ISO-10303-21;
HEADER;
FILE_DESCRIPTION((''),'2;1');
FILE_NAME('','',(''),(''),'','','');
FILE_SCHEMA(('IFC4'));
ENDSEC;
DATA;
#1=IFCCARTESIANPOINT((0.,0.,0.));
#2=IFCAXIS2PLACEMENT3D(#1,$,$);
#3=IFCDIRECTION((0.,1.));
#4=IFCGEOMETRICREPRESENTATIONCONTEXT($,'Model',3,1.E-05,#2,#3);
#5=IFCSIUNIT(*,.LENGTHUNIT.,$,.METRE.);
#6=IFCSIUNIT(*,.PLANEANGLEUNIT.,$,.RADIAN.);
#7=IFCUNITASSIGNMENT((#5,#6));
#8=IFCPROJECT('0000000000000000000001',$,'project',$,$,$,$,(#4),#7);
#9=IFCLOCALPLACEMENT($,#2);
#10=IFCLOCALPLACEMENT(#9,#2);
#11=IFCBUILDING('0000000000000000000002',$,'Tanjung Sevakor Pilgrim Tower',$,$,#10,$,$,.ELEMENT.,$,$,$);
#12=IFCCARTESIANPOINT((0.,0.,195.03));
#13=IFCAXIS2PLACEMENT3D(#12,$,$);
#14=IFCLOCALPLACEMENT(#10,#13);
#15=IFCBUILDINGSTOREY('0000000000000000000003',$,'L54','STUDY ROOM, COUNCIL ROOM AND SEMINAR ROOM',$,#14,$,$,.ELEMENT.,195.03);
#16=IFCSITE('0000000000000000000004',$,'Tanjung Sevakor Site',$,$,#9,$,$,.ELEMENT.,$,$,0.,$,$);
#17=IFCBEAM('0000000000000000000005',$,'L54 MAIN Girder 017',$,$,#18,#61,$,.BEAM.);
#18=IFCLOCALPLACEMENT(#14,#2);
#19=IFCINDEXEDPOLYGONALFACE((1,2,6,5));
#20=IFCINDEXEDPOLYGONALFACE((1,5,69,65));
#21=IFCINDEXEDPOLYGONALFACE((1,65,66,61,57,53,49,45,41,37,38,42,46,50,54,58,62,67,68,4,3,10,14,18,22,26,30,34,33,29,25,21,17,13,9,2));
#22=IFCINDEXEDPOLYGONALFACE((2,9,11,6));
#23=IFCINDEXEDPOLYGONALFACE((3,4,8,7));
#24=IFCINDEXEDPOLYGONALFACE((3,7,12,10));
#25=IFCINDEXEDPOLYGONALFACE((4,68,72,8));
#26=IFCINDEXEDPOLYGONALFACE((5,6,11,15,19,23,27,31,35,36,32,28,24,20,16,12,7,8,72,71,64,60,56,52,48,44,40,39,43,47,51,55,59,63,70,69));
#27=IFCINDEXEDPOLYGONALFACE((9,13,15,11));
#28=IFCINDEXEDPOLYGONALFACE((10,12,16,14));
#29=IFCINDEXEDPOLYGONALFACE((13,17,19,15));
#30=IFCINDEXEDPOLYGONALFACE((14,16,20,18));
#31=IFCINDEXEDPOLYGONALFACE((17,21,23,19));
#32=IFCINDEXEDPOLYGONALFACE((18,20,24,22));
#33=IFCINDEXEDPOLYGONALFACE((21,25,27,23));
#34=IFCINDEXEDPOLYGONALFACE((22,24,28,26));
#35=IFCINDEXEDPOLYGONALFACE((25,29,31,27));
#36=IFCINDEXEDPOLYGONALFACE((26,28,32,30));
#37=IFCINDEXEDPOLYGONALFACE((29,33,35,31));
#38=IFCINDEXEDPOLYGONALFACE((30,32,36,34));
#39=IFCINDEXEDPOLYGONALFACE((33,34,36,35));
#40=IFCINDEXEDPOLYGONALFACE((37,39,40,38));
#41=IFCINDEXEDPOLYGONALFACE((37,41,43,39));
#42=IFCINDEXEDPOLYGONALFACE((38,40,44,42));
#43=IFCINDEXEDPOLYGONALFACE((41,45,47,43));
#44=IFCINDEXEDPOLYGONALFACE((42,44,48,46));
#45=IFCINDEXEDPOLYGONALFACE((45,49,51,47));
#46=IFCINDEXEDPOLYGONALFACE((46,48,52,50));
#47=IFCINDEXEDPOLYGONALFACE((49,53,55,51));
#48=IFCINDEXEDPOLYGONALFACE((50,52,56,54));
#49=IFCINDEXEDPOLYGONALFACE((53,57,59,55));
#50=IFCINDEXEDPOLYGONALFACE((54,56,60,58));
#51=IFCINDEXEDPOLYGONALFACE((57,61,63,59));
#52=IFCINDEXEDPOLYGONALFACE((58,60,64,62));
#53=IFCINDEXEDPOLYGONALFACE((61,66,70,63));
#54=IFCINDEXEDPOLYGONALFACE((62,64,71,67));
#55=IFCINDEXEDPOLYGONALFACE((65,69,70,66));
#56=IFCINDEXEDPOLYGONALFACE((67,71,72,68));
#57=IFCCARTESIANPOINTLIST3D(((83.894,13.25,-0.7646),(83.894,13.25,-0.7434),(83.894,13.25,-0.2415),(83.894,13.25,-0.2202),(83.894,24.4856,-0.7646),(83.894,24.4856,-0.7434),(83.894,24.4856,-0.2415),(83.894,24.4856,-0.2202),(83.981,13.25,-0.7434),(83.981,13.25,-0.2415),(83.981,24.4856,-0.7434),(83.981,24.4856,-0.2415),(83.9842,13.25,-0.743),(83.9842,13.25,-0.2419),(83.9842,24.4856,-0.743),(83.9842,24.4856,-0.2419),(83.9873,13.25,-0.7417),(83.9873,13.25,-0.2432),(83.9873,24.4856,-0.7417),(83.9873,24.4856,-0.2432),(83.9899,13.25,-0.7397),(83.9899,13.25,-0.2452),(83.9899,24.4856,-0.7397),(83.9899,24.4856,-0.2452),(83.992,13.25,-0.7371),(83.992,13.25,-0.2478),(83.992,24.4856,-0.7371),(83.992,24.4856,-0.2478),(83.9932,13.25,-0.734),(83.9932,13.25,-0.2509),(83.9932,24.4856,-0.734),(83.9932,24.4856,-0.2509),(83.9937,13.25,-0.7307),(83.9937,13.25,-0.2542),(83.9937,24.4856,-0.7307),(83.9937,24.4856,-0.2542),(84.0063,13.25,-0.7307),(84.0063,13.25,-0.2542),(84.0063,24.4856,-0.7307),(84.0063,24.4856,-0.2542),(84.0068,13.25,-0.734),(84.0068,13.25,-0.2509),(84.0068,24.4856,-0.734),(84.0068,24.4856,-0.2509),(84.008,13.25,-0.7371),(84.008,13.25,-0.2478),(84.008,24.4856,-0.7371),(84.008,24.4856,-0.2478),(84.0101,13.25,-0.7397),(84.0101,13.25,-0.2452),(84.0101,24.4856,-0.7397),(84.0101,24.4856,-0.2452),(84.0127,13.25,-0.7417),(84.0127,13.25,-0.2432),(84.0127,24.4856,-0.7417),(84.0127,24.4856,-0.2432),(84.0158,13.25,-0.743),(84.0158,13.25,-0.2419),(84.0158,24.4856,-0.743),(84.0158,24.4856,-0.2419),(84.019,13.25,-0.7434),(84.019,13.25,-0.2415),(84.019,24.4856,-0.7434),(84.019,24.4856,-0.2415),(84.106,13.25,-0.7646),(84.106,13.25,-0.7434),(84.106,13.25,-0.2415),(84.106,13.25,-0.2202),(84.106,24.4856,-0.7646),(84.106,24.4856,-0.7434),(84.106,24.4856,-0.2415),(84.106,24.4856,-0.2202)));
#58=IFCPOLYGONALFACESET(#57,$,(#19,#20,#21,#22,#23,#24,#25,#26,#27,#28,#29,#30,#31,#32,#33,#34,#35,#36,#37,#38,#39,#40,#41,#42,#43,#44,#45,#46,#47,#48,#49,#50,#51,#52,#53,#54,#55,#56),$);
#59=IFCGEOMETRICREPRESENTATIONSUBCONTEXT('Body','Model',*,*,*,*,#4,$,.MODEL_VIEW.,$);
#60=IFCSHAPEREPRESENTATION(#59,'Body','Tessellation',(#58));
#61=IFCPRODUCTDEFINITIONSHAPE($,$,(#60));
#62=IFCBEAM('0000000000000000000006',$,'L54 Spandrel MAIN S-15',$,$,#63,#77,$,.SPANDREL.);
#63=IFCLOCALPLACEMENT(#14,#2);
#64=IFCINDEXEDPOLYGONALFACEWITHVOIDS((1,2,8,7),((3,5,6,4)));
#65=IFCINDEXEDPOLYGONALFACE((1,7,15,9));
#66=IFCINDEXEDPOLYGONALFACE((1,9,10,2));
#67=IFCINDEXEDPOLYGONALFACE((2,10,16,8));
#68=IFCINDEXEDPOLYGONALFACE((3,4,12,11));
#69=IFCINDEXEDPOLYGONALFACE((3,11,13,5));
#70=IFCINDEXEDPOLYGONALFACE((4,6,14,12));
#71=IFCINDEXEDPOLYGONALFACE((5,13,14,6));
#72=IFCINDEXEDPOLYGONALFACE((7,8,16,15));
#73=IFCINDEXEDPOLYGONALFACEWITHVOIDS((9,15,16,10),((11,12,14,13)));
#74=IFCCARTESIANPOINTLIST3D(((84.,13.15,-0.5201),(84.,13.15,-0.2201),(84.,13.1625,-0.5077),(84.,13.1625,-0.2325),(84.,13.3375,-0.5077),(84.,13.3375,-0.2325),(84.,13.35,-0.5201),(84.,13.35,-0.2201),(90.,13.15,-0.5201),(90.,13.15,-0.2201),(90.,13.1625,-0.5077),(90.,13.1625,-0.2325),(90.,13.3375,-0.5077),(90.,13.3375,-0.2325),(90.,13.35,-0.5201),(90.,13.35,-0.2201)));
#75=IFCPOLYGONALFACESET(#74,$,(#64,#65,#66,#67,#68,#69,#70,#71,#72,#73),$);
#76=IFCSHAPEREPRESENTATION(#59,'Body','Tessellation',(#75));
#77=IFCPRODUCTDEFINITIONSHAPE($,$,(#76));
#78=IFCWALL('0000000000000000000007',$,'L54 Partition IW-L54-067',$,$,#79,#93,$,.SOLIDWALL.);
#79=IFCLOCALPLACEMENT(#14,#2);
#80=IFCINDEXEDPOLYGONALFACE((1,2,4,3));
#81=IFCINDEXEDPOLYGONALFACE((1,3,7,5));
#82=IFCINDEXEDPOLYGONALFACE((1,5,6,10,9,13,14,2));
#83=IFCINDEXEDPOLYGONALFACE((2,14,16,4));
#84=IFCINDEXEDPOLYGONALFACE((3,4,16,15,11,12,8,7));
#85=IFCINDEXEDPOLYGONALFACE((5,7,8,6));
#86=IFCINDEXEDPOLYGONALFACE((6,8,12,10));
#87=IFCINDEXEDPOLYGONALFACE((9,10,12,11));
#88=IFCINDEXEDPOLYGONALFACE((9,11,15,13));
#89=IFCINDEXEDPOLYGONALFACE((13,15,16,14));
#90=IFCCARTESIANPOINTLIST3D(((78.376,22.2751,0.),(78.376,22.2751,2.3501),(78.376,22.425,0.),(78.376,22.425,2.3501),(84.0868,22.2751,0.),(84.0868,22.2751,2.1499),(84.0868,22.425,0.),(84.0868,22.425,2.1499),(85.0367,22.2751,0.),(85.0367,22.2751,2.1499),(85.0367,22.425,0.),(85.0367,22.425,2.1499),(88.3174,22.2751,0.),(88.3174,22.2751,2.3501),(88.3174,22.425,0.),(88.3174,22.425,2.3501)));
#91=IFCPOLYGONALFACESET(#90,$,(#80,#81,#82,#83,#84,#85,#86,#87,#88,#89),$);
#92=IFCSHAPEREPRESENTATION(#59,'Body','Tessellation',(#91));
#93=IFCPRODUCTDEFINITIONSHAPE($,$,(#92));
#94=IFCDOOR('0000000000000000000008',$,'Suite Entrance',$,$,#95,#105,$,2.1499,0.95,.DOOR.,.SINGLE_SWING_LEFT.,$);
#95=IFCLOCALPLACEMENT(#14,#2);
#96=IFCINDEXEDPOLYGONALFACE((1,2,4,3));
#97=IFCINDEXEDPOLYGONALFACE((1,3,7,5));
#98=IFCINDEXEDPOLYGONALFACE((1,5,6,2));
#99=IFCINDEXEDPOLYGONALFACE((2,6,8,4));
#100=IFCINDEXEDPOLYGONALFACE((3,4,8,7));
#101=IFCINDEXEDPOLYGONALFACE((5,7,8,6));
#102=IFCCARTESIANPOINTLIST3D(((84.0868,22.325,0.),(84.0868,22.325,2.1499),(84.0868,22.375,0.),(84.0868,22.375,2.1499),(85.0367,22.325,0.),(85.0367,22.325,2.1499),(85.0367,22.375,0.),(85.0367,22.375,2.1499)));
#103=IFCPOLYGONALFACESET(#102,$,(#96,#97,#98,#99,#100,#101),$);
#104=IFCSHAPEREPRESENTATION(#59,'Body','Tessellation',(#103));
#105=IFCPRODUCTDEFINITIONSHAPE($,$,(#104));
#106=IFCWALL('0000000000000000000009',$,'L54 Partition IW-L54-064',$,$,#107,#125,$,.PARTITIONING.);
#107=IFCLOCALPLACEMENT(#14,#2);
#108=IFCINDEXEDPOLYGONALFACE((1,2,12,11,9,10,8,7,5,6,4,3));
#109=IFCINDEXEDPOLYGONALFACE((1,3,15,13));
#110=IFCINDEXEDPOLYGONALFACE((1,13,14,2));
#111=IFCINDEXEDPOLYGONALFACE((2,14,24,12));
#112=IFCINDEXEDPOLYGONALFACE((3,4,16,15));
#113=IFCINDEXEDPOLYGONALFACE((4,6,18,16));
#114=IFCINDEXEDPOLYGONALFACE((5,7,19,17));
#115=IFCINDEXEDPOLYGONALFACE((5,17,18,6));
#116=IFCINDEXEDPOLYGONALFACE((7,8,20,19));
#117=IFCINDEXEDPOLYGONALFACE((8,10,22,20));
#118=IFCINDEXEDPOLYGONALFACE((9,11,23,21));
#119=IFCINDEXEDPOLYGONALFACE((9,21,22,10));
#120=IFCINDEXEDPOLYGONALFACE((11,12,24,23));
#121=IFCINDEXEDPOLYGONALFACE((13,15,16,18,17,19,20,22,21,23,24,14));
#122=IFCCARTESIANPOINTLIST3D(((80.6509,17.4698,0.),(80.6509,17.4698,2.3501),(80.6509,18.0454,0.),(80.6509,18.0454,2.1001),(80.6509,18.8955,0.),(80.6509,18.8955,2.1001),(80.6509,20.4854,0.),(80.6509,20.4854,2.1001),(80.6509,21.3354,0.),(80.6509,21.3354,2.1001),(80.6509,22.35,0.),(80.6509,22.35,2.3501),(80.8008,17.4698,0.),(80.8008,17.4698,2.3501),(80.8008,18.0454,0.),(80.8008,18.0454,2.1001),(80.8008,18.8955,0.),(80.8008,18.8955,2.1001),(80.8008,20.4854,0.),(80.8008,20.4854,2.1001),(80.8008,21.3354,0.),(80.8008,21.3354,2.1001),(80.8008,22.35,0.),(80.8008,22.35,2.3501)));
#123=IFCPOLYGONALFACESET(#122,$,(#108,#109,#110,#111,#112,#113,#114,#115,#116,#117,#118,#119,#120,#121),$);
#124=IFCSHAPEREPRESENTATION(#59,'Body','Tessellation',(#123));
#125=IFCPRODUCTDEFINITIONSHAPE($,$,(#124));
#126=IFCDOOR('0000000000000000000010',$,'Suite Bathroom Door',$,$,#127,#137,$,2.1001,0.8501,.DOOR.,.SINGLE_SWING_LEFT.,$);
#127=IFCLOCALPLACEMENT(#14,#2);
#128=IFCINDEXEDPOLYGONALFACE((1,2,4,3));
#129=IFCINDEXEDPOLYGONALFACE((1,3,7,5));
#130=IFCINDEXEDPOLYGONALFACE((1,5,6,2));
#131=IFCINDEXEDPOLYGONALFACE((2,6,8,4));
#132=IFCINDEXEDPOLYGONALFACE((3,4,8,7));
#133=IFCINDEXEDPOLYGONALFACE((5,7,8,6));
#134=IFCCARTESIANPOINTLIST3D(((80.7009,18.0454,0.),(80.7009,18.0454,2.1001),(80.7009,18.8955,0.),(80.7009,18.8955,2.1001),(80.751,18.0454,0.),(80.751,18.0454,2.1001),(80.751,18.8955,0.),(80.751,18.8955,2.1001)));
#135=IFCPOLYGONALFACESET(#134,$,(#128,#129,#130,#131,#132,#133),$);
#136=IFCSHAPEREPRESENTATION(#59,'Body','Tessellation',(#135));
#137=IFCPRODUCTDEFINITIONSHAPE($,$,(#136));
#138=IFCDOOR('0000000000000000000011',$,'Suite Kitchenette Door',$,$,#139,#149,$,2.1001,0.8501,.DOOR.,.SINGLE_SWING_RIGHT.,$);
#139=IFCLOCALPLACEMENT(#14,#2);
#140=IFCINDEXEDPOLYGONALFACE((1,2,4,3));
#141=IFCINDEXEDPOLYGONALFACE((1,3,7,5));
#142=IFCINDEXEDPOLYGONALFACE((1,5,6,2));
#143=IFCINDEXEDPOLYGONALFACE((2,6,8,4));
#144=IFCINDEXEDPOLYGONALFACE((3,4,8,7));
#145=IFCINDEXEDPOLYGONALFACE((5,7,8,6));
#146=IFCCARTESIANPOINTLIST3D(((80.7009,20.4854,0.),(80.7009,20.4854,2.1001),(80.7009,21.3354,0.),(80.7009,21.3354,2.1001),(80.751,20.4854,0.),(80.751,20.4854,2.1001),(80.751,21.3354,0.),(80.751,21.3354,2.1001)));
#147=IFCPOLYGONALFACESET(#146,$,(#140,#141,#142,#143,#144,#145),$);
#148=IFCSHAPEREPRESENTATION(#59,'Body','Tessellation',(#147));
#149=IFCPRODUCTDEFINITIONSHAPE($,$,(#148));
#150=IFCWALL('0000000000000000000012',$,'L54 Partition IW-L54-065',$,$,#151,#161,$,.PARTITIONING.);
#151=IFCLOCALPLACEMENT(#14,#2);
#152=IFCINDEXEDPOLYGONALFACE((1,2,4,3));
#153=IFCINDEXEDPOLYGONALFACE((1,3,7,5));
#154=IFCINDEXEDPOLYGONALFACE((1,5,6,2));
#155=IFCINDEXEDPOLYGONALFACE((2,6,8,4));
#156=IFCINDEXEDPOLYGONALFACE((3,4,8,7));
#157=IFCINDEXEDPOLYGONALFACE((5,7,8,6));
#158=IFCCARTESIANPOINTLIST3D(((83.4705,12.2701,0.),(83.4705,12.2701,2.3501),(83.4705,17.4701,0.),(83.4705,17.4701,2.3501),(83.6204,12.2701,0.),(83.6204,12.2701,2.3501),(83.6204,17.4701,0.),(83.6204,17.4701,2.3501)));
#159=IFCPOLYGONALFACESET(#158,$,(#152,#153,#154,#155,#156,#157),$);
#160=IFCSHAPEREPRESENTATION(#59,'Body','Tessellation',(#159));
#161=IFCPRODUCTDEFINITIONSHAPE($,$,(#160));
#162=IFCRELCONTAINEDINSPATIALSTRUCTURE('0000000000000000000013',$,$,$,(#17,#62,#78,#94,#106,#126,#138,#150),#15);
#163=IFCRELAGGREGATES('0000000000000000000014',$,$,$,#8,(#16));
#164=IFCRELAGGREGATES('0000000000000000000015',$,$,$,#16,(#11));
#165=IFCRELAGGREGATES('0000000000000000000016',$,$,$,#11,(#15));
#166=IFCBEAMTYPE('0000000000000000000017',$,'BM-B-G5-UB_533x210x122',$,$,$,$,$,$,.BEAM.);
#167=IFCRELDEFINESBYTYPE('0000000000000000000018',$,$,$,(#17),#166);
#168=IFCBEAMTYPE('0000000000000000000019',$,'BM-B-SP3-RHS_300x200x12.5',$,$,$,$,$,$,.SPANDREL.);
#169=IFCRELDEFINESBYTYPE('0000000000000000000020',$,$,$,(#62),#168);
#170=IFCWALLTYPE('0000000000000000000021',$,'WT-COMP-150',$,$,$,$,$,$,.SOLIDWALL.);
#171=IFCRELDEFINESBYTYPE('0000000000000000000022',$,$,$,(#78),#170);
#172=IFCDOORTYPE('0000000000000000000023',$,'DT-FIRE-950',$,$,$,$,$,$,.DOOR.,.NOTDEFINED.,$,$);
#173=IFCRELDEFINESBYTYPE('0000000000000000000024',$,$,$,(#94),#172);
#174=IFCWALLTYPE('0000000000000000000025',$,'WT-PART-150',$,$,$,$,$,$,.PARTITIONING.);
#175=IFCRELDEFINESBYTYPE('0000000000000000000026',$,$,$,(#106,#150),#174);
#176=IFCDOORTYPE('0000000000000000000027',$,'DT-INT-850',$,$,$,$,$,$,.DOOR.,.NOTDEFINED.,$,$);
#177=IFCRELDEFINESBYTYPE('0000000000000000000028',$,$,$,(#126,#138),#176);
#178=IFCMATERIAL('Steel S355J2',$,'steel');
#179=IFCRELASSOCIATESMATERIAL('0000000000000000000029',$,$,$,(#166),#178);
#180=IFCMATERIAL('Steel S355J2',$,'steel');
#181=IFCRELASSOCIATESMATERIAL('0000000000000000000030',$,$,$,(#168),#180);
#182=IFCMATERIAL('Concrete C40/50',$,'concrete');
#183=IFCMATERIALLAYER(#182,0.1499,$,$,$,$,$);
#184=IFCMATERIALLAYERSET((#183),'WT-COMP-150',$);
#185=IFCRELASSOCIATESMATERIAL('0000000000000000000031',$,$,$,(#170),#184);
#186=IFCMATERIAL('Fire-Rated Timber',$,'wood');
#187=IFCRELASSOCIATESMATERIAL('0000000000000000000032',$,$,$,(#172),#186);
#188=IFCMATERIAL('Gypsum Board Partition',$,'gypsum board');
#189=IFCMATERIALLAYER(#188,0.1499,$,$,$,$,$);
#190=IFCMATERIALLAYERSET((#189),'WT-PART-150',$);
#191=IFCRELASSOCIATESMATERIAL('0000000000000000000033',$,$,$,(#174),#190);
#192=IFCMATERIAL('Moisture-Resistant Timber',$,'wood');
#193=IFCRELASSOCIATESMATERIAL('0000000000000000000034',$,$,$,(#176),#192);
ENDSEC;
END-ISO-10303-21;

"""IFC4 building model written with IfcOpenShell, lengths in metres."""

from ifc_helpers import new_model, si_unit, direction, frame, frame_2d, origin, origin_2d, place, context, subcontext, project, spatial, rectangle, hollow_rectangle, i_section, extrude, material, layer, layer_set, material_profile, profile_set, type_object, element, fill, save


model = new_model("IFC4")

# Units and contexts
model_context = context("Model", 3, precision=1e-05, world=origin(), true_north=direction((0.0, 1.0)))
body_context = subcontext(model_context, "Body", "Model", "MODEL_VIEW")
ifc_project = project(units=[si_unit("LENGTHUNIT", "METRE"), si_unit("PLANEANGLEUNIT", "RADIAN")], contexts=[model_context])

# Site, building, storey
site_placement = place(None, origin())
site = spatial("IfcSite", under=ifc_project, at=site_placement, Name="Tanjung Sevakor Site", CompositionType="ELEMENT", RefElevation=0.0)
building_placement = place(site_placement, origin())
building = spatial("IfcBuilding", under=site, at=building_placement, Name="Tanjung Sevakor Pilgrim Tower", CompositionType="ELEMENT")
storey_placement = place(building_placement, frame((0.0, 0.0, 195.03)))
storey = spatial("IfcBuildingStorey", under=building, at=storey_placement, Name="L54", Description="STUDY ROOM, COUNCIL ROOM AND SEMINAR ROOM", CompositionType="ELEMENT", Elevation=195.03)

# Beams
ifc_material_1 = material(Name="Steel S355J2", Category="steel")
ifc_material_profile_1 = material_profile(ifc_material_1, i_section(OverallWidth=0.2119, OverallDepth=0.5444, WebThickness=0.0127, FlangeThickness=0.0212, FilletRadius=0.0127, at=origin_2d()))
ifc_profile_set_1 = profile_set([ifc_material_profile_1], Name="Steel S355J2")
beam_type_1 = type_object("IfcBeamType", Name="BM-B-G5-UB_533x210x122", PredefinedType="BEAM", material=ifc_profile_set_1)
beam_1_placement = place(storey_placement, frame((84.0, 13.25, -0.4924), z_axis=(0.0, 1.0, 0.0), x_axis=(-1.0, 0.0, 0.0)))
element("IfcBeam", 1, at=beam_1_placement, inside=storey, type_object=beam_type_1, Name="L54 MAIN Girder 017", PredefinedType="BEAM", context=body_context, shape_type="SweptSolid", body=[
    extrude(i_section(OverallWidth=0.2119, OverallDepth=0.5444, WebThickness=0.0127, FlangeThickness=0.0212, FilletRadius=0.0127, at=origin_2d()), origin(), (0.0, 0.0, 1.0), 11.2356),
])
ifc_material_2 = material(Name="Steel S355J2", Category="steel")
ifc_material_profile_2 = material_profile(ifc_material_2, hollow_rectangle(XDim=0.2, YDim=0.3, WallThickness=0.0125, at=origin_2d()))
ifc_profile_set_2 = profile_set([ifc_material_profile_2], Name="Steel S355J2")
beam_type_2 = type_object("IfcBeamType", Name="BM-B-SP3-RHS_300x200x12.5", PredefinedType="SPANDREL", material=ifc_profile_set_2)
beam_2_placement = place(storey_placement, frame((84.0, 13.25, -0.3701), z_axis=(1.0, 0.0, 0.0), x_axis=(0.0, 1.0, 0.0)))
element("IfcBeam", 2, at=beam_2_placement, inside=storey, type_object=beam_type_2, Name="L54 Spandrel MAIN S-15", PredefinedType="SPANDREL", context=body_context, shape_type="SweptSolid", body=[
    extrude(hollow_rectangle(XDim=0.2, YDim=0.3, WallThickness=0.0125, at=origin_2d()), origin(), (0.0, 0.0, 1.0), 6.0),
])

# Wall, opening, door
ifc_material_3 = material(Name="Concrete C40/50", Category="concrete")
ifc_layer_1 = layer(ifc_material_3, 0.1499)
ifc_layer_set_1 = layer_set([ifc_layer_1], Name="WT-COMP-150")
wall_type_1 = type_object("IfcWallType", Name="WT-COMP-150", PredefinedType="SOLIDWALL", material=ifc_layer_set_1)
wall_1_placement = place(storey_placement, frame((78.376, 22.3501, 0.0), z_axis=(0.0, 0.0, 1.0), x_axis=(1.0, 0.0, 0.0)))
wall_1 = element("IfcWall", 3, at=wall_1_placement, inside=storey, type_object=wall_type_1, Name="L54 Partition IW-L54-067", PredefinedType="SOLIDWALL", context=body_context, shape_type="SweptSolid", body=[
    extrude(rectangle(XDim=9.9414, YDim=0.1499, at=frame_2d((4.9707, 0.0))), origin(), (0.0, 0.0, 1.0), 2.3501),
])
opening_1_placement = place(wall_1_placement, frame((5.7107, 0.0, 0.0)))
opening_1 = element("IfcOpeningElement", 4, at=opening_1_placement, cuts=wall_1, PredefinedType="OPENING", context=body_context, shape_type="SweptSolid", body=[
    extrude(rectangle(XDim=0.95, YDim=2.1499, at=frame_2d((0.4751, 1.075))), frame((0.0, 0.085, 0.0), z_axis=(0.0, -1.0, 0.0), x_axis=(1.0, 0.0, 0.0)), (0.0, 0.0, 1.0), 0.1699),
])
ifc_material_4 = material(Name="Fire-Rated Timber", Category="wood")
door_type_1 = type_object("IfcDoorType", Name="DT-FIRE-950", OperationType="NOTDEFINED", PredefinedType="DOOR", material=ifc_material_4)
door_1_placement = place(opening_1_placement, origin())
door_1 = element("IfcDoor", 5, at=door_1_placement, inside=storey, type_object=door_type_1, Name="Suite Entrance", OperationType="SINGLE_SWING_LEFT", OverallHeight=2.1499, OverallWidth=0.95, PredefinedType="DOOR", context=body_context, shape_type="SweptSolid", body=[
    extrude(rectangle(XDim=0.95, YDim=2.1499, at=frame_2d((0.4751, 1.075))), frame((0.0, 0.0249, 0.0), z_axis=(0.0, -1.0, 0.0), x_axis=(1.0, 0.0, 0.0)), (0.0, 0.0, 1.0), 0.05),
])
fill(opening_1, door_1)

# Wall, openings, doors
ifc_material_5 = material(Name="Gypsum Board Partition", Category="gypsum board")
ifc_layer_2 = layer(ifc_material_5, 0.1499)
ifc_layer_set_2 = layer_set([ifc_layer_2], Name="WT-PART-150")
wall_type_2 = type_object("IfcWallType", Name="WT-PART-150", PredefinedType="PARTITIONING", material=ifc_layer_set_2)
wall_2_placement = place(storey_placement, frame((80.7258, 17.47, 0.0), z_axis=(0.0, 0.0, 1.0), x_axis=(0.0, 1.0, 0.0)))
wall_2 = element("IfcWall", 6, at=wall_2_placement, inside=storey, type_object=wall_type_2, Name="L54 Partition IW-L54-064", PredefinedType="PARTITIONING", context=body_context, shape_type="SweptSolid", body=[
    extrude(rectangle(XDim=4.8801, YDim=0.1499, at=frame_2d((2.4399, 0.0))), origin(), (0.0, 0.0, 1.0), 2.3501),
])
opening_2_placement = place(wall_2_placement, frame((0.5754, 0.0, 0.0)))
opening_2 = element("IfcOpeningElement", 7, at=opening_2_placement, cuts=wall_2, PredefinedType="OPENING", context=body_context, shape_type="SweptSolid", body=[
    extrude(rectangle(XDim=0.8501, YDim=2.1001, at=frame_2d((0.425, 1.05))), frame((0.0, 0.085, 0.0), z_axis=(0.0, -1.0, 0.0), x_axis=(1.0, 0.0, 0.0)), (0.0, 0.0, 1.0), 0.1699),
])
opening_3_placement = place(wall_2_placement, frame((3.0154, 0.0, 0.0)))
opening_3 = element("IfcOpeningElement", 8, at=opening_3_placement, cuts=wall_2, PredefinedType="OPENING", context=body_context, shape_type="SweptSolid", body=[
    extrude(rectangle(XDim=0.8501, YDim=2.1001, at=frame_2d((0.425, 1.05))), frame((0.0, 0.085, 0.0), z_axis=(0.0, -1.0, 0.0), x_axis=(1.0, 0.0, 0.0)), (0.0, 0.0, 1.0), 0.1699),
])
ifc_material_6 = material(Name="Moisture-Resistant Timber", Category="wood")
door_type_2 = type_object("IfcDoorType", Name="DT-INT-850", OperationType="NOTDEFINED", PredefinedType="DOOR", material=ifc_material_6)
door_2_placement = place(opening_2_placement, origin())
door_2 = element("IfcDoor", 9, at=door_2_placement, inside=storey, type_object=door_type_2, Name="Suite Bathroom Door", OperationType="SINGLE_SWING_LEFT", OverallHeight=2.1001, OverallWidth=0.8501, PredefinedType="DOOR", context=body_context, shape_type="SweptSolid", body=[
    extrude(rectangle(XDim=0.8501, YDim=2.1001, at=frame_2d((0.425, 1.05))), frame((0.0, 0.0249, 0.0), z_axis=(0.0, -1.0, 0.0), x_axis=(1.0, 0.0, 0.0)), (0.0, 0.0, 1.0), 0.05),
])
fill(opening_2, door_2)
door_3_placement = place(opening_3_placement, origin())
door_3 = element("IfcDoor", 10, at=door_3_placement, inside=storey, type_object=door_type_2, Name="Suite Kitchenette Door", OperationType="SINGLE_SWING_RIGHT", OverallHeight=2.1001, OverallWidth=0.8501, PredefinedType="DOOR", context=body_context, shape_type="SweptSolid", body=[
    extrude(rectangle(XDim=0.8501, YDim=2.1001, at=frame_2d((0.425, 1.05))), frame((0.0, 0.0249, 0.0), z_axis=(0.0, -1.0, 0.0), x_axis=(1.0, 0.0, 0.0)), (0.0, 0.0, 1.0), 0.05),
])
fill(opening_3, door_3)

# Wall
wall_3_placement = place(storey_placement, frame((83.5454, 12.27, 0.0), z_axis=(0.0, 0.0, 1.0), x_axis=(0.0, 1.0, 0.0)))
element("IfcWall", 11, at=wall_3_placement, inside=storey, type_object=wall_type_2, Name="L54 Partition IW-L54-065", PredefinedType="PARTITIONING", context=body_context, shape_type="SweptSolid", body=[
    extrude(rectangle(XDim=5.2, YDim=0.1499, at=frame_2d((2.6001, 0.0))), origin(), (0.0, 0.0, 1.0), 2.3501),
])

save(model, "model.ifc")
